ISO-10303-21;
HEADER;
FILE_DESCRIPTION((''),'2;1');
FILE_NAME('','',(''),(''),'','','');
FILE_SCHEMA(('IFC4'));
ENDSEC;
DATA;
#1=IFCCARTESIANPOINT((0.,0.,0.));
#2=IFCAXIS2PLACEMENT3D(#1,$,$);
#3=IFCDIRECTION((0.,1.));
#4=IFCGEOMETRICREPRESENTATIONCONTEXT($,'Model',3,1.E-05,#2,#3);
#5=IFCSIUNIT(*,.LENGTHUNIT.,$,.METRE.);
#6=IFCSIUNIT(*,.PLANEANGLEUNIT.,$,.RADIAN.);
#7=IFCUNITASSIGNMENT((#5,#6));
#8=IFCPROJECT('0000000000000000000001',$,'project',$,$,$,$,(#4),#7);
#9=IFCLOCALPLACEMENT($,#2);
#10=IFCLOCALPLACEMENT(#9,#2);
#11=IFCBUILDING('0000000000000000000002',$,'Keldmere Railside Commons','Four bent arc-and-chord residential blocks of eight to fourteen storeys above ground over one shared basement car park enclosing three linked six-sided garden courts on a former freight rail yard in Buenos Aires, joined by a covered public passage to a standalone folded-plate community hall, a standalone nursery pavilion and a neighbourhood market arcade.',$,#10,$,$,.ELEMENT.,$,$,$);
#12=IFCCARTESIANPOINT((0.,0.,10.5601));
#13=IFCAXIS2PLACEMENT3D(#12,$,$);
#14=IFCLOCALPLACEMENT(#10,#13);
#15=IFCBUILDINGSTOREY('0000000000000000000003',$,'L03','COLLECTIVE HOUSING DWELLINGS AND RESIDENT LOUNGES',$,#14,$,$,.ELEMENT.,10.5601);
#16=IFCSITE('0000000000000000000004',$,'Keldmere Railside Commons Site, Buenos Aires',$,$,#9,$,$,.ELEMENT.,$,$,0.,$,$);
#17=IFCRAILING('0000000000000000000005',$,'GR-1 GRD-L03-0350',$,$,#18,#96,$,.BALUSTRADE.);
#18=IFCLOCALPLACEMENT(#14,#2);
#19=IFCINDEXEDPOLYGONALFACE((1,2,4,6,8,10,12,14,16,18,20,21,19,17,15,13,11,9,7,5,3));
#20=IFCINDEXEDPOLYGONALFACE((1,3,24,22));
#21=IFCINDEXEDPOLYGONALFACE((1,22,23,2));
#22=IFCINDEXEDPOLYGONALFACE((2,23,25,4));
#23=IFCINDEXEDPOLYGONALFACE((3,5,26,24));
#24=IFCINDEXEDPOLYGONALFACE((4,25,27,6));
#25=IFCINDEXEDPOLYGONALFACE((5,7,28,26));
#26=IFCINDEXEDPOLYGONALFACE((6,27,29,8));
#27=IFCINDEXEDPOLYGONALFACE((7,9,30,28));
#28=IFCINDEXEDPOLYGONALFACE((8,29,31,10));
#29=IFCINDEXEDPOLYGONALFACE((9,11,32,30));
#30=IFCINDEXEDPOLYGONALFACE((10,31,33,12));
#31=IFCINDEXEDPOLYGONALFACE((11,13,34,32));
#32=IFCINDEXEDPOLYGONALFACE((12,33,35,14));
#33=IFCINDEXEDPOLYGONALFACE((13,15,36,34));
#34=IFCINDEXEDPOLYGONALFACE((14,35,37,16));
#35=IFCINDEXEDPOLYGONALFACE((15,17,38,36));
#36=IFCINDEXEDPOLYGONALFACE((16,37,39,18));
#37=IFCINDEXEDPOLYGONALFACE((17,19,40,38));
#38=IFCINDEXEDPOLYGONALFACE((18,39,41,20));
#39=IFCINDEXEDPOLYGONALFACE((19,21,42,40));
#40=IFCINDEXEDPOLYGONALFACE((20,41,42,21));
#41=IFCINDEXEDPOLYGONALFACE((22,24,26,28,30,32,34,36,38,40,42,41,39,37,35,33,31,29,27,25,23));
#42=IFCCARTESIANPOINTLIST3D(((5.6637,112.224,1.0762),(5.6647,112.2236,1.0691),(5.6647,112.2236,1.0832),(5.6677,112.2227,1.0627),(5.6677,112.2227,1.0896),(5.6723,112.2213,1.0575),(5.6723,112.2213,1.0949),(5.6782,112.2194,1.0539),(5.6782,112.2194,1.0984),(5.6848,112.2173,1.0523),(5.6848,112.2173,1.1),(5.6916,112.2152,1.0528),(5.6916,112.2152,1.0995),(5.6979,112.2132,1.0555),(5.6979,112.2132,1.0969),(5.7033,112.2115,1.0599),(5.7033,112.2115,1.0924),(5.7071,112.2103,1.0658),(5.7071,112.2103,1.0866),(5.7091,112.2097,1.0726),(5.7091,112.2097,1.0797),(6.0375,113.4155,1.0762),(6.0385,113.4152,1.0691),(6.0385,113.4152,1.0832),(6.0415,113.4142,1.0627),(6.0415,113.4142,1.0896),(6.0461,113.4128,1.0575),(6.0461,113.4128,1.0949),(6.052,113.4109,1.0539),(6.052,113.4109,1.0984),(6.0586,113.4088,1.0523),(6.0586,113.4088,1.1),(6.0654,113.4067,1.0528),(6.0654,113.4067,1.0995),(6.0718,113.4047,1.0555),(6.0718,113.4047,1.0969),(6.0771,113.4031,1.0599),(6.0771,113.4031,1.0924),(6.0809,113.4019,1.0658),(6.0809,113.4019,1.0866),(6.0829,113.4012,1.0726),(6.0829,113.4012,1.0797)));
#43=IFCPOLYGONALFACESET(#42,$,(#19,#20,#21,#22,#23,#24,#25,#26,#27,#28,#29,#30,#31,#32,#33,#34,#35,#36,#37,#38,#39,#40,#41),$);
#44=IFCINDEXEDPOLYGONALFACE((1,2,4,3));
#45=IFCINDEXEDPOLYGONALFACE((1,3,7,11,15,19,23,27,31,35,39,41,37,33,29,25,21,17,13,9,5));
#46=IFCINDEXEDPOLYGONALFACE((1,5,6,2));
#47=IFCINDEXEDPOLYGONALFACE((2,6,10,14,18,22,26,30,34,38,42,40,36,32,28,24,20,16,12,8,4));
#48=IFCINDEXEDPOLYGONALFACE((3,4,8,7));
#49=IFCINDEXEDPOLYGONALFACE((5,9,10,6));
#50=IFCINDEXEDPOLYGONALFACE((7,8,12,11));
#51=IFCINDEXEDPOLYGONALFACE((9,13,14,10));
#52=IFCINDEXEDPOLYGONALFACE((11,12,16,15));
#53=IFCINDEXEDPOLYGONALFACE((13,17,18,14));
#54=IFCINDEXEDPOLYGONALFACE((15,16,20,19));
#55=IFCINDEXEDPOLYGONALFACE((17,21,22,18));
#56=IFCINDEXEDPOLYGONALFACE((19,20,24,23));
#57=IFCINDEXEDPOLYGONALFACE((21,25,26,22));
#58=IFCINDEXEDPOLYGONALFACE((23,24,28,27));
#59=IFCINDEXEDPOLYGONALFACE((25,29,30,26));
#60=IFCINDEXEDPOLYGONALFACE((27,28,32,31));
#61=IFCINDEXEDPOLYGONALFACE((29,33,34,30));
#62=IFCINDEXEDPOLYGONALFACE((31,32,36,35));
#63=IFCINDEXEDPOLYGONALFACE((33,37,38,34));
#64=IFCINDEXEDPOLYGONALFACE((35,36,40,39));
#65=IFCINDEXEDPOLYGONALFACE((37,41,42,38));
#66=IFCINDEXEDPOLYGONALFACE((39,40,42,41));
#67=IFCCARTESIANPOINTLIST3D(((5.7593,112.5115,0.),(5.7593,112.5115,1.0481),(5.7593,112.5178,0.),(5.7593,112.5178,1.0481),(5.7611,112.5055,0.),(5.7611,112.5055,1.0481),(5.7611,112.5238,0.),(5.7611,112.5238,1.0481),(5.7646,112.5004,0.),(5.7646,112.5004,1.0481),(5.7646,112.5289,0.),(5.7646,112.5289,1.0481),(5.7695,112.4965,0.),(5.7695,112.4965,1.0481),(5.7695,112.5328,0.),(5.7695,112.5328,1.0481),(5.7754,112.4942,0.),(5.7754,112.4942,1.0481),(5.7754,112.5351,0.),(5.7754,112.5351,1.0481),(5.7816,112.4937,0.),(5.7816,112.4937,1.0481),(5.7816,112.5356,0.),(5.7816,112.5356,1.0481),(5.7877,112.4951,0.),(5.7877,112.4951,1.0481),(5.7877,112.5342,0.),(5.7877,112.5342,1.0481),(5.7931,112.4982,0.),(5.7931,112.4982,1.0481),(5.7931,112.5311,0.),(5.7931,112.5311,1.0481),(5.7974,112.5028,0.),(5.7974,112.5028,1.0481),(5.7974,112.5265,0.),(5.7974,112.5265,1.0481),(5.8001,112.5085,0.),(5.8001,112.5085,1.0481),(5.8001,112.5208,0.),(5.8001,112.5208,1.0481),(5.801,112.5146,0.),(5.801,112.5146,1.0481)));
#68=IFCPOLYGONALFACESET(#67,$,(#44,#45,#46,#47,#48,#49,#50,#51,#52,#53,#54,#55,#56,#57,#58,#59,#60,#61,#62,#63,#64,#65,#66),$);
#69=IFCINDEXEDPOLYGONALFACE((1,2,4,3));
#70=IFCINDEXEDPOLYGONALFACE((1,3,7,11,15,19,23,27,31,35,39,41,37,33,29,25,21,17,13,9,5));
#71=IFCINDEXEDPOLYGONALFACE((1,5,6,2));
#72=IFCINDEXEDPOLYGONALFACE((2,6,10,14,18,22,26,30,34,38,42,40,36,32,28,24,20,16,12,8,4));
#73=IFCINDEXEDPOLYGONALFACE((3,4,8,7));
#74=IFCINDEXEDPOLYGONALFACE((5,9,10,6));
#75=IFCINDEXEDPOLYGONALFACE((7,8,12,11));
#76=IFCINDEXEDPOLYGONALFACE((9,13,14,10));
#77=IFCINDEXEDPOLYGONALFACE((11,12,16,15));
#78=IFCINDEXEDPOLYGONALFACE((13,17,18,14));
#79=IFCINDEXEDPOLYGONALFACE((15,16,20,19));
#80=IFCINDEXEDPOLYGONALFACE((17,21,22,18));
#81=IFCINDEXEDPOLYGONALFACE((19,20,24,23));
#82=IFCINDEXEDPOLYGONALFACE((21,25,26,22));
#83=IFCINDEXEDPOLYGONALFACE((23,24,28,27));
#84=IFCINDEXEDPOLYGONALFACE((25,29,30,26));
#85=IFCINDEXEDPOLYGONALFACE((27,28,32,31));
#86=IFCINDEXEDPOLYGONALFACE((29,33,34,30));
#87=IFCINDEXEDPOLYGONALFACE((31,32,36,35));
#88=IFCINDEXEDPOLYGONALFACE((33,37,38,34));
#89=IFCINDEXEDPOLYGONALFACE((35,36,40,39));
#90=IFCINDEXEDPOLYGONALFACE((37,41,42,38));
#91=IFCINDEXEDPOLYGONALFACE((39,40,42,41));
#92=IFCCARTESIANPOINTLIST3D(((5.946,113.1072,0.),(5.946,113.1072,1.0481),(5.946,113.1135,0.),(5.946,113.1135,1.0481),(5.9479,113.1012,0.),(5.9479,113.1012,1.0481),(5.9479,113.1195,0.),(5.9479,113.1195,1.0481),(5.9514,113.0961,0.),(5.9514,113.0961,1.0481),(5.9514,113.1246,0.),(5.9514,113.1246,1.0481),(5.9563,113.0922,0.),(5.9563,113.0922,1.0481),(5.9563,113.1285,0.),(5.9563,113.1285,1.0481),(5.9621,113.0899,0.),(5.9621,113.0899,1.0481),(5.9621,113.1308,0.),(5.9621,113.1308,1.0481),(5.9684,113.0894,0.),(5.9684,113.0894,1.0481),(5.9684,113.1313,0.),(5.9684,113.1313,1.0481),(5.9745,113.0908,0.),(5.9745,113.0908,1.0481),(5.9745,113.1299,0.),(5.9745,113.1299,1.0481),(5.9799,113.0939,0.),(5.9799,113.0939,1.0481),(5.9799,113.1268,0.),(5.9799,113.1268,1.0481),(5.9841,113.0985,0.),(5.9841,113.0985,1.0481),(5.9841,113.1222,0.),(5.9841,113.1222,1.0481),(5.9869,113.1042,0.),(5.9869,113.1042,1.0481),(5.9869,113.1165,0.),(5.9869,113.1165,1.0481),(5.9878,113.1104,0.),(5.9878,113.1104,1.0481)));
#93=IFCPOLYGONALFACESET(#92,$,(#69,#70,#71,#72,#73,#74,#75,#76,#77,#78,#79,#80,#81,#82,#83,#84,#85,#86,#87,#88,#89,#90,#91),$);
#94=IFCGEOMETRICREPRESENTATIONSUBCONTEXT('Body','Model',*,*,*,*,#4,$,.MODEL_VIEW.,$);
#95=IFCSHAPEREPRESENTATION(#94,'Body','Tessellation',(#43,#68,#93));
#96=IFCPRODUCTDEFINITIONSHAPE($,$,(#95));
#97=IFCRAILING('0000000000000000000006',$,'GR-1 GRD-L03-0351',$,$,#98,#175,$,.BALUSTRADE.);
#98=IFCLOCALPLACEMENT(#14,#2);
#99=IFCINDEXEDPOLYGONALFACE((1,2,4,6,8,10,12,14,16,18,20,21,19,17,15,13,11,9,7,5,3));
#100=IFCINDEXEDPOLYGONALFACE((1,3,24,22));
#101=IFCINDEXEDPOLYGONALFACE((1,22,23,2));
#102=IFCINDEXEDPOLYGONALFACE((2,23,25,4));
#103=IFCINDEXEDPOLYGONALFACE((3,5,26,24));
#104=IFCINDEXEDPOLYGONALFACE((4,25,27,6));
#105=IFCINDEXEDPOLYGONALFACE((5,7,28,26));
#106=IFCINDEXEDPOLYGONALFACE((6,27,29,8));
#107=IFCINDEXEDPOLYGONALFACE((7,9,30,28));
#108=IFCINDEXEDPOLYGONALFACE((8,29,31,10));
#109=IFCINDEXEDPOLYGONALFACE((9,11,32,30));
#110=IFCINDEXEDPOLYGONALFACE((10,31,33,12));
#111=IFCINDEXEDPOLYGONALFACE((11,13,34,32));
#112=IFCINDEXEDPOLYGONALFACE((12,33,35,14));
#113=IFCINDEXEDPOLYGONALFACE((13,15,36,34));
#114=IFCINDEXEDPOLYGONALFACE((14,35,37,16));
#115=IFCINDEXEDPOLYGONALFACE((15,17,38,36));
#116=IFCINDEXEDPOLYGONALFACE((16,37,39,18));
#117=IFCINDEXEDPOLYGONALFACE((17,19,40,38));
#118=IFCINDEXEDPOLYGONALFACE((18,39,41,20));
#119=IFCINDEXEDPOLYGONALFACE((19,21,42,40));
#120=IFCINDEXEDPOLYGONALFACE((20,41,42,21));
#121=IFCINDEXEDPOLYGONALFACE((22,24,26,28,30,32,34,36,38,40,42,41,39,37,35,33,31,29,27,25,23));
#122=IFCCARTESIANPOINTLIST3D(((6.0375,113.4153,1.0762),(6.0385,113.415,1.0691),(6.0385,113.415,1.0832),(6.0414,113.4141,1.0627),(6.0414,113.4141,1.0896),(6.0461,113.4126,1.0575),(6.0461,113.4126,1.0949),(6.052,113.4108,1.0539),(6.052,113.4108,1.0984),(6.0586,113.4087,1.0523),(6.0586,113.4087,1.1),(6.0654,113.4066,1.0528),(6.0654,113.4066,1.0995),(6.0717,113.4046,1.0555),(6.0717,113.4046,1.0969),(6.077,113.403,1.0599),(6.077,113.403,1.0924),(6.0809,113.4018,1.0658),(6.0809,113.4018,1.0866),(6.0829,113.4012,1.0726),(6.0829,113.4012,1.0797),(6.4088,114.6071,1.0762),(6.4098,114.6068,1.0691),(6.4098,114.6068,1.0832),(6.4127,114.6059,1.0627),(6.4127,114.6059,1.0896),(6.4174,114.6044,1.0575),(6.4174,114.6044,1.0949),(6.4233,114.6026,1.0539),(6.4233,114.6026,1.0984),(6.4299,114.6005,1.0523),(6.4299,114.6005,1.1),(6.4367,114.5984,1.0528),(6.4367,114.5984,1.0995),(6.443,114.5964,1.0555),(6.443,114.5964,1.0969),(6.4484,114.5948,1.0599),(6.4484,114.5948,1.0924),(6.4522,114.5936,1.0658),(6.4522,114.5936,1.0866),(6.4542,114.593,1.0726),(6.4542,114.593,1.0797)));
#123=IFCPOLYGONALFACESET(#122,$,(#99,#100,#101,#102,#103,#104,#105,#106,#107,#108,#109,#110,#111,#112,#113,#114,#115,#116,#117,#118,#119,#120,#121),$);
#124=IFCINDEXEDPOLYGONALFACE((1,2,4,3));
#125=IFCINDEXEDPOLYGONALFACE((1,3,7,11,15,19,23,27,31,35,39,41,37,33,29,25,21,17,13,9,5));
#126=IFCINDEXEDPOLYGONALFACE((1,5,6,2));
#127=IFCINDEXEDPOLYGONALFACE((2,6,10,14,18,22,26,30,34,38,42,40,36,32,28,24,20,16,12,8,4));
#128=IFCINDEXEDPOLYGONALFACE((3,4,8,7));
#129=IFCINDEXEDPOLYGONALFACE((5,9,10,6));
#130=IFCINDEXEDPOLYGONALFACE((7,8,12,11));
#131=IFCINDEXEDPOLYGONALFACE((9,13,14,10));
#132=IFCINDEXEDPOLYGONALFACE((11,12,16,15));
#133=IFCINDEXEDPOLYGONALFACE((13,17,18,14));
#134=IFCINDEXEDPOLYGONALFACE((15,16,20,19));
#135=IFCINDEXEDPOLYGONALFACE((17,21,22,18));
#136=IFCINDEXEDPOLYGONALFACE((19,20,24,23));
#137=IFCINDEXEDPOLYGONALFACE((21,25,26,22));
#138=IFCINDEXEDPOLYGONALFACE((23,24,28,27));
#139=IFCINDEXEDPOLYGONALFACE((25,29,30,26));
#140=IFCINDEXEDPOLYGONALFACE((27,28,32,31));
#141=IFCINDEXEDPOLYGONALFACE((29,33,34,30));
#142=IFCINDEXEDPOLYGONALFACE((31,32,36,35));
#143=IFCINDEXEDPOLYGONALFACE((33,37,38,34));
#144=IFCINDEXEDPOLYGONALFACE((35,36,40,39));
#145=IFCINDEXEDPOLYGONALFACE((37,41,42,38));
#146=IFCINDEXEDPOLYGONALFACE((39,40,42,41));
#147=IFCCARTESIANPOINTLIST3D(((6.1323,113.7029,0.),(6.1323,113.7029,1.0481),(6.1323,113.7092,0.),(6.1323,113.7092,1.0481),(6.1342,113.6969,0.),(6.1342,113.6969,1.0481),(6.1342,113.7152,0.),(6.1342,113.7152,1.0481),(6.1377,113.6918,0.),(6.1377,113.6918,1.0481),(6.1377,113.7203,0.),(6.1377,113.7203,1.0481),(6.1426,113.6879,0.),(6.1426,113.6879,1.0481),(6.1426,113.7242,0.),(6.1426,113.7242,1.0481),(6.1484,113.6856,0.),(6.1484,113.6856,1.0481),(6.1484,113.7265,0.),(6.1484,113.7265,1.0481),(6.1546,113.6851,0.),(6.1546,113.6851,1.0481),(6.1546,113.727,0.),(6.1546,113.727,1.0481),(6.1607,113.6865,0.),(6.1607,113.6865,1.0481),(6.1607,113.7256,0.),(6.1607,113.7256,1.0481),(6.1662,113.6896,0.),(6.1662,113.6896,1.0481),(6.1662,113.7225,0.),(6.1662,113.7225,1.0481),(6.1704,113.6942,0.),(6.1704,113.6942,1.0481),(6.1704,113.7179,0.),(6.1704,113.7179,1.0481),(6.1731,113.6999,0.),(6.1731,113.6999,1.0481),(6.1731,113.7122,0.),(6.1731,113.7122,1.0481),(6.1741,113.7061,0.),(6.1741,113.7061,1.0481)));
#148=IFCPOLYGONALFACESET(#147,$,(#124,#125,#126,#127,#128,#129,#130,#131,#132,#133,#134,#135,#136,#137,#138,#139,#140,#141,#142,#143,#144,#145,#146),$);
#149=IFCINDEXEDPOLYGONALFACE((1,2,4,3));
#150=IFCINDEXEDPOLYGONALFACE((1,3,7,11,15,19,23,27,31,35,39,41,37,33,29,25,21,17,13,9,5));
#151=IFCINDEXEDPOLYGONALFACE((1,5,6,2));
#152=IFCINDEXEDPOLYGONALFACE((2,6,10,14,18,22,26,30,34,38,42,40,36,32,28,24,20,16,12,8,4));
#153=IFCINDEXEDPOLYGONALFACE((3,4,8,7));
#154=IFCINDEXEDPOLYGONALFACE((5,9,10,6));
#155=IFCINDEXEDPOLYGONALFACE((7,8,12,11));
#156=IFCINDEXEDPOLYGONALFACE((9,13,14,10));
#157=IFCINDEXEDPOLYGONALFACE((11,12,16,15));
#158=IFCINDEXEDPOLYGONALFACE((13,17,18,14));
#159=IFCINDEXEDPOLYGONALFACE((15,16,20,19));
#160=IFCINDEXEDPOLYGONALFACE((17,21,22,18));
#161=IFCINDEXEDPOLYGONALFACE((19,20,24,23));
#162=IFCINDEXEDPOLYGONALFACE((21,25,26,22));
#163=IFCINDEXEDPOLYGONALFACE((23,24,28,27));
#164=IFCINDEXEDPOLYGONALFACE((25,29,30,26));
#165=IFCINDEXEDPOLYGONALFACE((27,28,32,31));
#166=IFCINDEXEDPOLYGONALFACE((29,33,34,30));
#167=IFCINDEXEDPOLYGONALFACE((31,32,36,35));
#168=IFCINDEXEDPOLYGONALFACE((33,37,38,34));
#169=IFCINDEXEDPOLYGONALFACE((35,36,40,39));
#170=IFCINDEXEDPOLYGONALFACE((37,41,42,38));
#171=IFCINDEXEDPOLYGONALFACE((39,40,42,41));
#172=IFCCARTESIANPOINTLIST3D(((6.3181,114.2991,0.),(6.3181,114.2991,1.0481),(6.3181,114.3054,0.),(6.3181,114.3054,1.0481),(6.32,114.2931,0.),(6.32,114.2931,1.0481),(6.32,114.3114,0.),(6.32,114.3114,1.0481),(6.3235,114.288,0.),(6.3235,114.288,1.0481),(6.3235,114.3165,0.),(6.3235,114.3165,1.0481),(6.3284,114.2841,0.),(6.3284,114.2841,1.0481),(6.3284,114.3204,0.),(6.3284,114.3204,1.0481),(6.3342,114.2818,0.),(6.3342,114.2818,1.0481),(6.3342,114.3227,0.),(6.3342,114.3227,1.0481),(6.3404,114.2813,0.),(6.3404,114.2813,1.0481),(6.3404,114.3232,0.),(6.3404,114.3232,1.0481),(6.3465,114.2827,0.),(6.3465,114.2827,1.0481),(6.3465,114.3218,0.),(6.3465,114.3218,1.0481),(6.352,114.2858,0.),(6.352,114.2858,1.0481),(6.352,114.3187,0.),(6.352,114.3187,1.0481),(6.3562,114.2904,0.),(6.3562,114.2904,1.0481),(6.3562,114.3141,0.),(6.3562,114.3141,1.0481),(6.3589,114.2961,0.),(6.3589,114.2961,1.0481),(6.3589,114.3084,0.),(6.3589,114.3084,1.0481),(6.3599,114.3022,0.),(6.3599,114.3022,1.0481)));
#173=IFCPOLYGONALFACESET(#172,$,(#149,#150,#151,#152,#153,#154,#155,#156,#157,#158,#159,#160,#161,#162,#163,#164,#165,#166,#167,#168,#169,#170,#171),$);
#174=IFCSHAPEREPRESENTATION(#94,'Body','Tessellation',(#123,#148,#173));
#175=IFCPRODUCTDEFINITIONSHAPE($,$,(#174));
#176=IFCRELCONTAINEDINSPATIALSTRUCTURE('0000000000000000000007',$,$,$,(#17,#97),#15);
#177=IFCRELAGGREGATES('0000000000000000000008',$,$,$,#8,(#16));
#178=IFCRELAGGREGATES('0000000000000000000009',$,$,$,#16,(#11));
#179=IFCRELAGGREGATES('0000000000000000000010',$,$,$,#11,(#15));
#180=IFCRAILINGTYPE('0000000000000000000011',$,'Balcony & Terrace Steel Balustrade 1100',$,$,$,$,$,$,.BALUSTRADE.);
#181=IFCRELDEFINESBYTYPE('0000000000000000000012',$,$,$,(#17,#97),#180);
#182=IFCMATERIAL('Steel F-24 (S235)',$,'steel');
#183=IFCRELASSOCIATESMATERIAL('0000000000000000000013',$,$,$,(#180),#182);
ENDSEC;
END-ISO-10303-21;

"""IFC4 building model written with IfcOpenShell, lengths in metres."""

from ifc_helpers import new_model, si_unit, direction, frame, origin, origin_2d, place, context, subcontext, project, spatial, circle, extrude, material, type_object, element, save


model = new_model("IFC4")

# Units and contexts
model_context = context("Model", 3, precision=1e-05, world=origin(), true_north=direction((0.0, 1.0)))
body_context = subcontext(model_context, "Body", "Model", "MODEL_VIEW")
ifc_project = project(units=[si_unit("LENGTHUNIT", "METRE"), si_unit("PLANEANGLEUNIT", "RADIAN")], contexts=[model_context])

# Site, building, storey
site_placement = place(None, origin())
site = spatial("IfcSite", under=ifc_project, at=site_placement, Name="Keldmere Railside Commons Site, Buenos Aires", CompositionType="ELEMENT", RefElevation=0.0)
building_placement = place(site_placement, origin())
building = spatial("IfcBuilding", under=site, at=building_placement, Name="Keldmere Railside Commons", Description="Four bent arc-and-chord residential blocks of eight to fourteen storeys above ground over one shared basement car park enclosing three linked six-sided garden courts on a former freight rail yard in Buenos Aires, joined by a covered public passage to a standalone folded-plate community hall, a standalone nursery pavilion and a neighbourhood market arcade.", CompositionType="ELEMENT")
storey_placement = place(building_placement, frame((0.0, 0.0, 10.5601)))
storey = spatial("IfcBuildingStorey", under=building, at=storey_placement, Name="L03", Description="COLLECTIVE HOUSING DWELLINGS AND RESIDENT LOUNGES", CompositionType="ELEMENT", Elevation=10.5601)

# Railings
ifc_material_1 = material(Name="Steel F-24 (S235)", Category="steel")
railing_type = type_object("IfcRailingType", Name="Balcony & Terrace Steel Balustrade 1100", PredefinedType="BALUSTRADE", material=ifc_material_1)
railing_1_placement = place(storey_placement, frame((5.6865, 112.2168, 0.0)))
element("IfcRailing", 1, at=railing_1_placement, inside=storey, type_object=railing_type, Name="GR-1 GRD-L03-0350", PredefinedType="BALUSTRADE", context=body_context, shape_type="SweptSolid", body=[
    extrude(circle(Radius=0.0239, at=origin_2d()), frame((0.0, 0.0, 1.0762), z_axis=(0.299344, 0.954145, 0.0), x_axis=(-0.954145, 0.299344, 0.0)), (0.0, 0.0, 1.0), 1.2488),
    extrude(circle(Radius=0.021, at=origin_2d()), frame((0.0935, 0.2979, 0.0)), (0.0, 0.0, 1.0), 1.0481),
    extrude(circle(Radius=0.021, at=origin_2d()), frame((0.2803, 0.8936, 0.0)), (0.0, 0.0, 1.0), 1.0481),
])
railing_2_placement = place(storey_placement, frame((6.0603, 113.4082, 0.0)))
element("IfcRailing", 2, at=railing_2_placement, inside=storey, type_object=railing_type, Name="GR-1 GRD-L03-0351", PredefinedType="BALUSTRADE", context=body_context, shape_type="SweptSolid", body=[
    extrude(circle(Radius=0.0239, at=origin_2d()), frame((0.0, 0.0, 1.0762), z_axis=(0.297451, 0.954737, 0.0), x_axis=(-0.954737, 0.297451, 0.0)), (0.0, 0.0, 1.0), 1.2483),
    extrude(circle(Radius=0.021, at=origin_2d()), frame((0.0928, 0.2979, 0.0)), (0.0, 0.0, 1.0), 1.0481),
    extrude(circle(Radius=0.021, at=origin_2d()), frame((0.2786, 0.894, 0.0)), (0.0, 0.0, 1.0), 1.0481),
])

save(model, "model.ifc")
